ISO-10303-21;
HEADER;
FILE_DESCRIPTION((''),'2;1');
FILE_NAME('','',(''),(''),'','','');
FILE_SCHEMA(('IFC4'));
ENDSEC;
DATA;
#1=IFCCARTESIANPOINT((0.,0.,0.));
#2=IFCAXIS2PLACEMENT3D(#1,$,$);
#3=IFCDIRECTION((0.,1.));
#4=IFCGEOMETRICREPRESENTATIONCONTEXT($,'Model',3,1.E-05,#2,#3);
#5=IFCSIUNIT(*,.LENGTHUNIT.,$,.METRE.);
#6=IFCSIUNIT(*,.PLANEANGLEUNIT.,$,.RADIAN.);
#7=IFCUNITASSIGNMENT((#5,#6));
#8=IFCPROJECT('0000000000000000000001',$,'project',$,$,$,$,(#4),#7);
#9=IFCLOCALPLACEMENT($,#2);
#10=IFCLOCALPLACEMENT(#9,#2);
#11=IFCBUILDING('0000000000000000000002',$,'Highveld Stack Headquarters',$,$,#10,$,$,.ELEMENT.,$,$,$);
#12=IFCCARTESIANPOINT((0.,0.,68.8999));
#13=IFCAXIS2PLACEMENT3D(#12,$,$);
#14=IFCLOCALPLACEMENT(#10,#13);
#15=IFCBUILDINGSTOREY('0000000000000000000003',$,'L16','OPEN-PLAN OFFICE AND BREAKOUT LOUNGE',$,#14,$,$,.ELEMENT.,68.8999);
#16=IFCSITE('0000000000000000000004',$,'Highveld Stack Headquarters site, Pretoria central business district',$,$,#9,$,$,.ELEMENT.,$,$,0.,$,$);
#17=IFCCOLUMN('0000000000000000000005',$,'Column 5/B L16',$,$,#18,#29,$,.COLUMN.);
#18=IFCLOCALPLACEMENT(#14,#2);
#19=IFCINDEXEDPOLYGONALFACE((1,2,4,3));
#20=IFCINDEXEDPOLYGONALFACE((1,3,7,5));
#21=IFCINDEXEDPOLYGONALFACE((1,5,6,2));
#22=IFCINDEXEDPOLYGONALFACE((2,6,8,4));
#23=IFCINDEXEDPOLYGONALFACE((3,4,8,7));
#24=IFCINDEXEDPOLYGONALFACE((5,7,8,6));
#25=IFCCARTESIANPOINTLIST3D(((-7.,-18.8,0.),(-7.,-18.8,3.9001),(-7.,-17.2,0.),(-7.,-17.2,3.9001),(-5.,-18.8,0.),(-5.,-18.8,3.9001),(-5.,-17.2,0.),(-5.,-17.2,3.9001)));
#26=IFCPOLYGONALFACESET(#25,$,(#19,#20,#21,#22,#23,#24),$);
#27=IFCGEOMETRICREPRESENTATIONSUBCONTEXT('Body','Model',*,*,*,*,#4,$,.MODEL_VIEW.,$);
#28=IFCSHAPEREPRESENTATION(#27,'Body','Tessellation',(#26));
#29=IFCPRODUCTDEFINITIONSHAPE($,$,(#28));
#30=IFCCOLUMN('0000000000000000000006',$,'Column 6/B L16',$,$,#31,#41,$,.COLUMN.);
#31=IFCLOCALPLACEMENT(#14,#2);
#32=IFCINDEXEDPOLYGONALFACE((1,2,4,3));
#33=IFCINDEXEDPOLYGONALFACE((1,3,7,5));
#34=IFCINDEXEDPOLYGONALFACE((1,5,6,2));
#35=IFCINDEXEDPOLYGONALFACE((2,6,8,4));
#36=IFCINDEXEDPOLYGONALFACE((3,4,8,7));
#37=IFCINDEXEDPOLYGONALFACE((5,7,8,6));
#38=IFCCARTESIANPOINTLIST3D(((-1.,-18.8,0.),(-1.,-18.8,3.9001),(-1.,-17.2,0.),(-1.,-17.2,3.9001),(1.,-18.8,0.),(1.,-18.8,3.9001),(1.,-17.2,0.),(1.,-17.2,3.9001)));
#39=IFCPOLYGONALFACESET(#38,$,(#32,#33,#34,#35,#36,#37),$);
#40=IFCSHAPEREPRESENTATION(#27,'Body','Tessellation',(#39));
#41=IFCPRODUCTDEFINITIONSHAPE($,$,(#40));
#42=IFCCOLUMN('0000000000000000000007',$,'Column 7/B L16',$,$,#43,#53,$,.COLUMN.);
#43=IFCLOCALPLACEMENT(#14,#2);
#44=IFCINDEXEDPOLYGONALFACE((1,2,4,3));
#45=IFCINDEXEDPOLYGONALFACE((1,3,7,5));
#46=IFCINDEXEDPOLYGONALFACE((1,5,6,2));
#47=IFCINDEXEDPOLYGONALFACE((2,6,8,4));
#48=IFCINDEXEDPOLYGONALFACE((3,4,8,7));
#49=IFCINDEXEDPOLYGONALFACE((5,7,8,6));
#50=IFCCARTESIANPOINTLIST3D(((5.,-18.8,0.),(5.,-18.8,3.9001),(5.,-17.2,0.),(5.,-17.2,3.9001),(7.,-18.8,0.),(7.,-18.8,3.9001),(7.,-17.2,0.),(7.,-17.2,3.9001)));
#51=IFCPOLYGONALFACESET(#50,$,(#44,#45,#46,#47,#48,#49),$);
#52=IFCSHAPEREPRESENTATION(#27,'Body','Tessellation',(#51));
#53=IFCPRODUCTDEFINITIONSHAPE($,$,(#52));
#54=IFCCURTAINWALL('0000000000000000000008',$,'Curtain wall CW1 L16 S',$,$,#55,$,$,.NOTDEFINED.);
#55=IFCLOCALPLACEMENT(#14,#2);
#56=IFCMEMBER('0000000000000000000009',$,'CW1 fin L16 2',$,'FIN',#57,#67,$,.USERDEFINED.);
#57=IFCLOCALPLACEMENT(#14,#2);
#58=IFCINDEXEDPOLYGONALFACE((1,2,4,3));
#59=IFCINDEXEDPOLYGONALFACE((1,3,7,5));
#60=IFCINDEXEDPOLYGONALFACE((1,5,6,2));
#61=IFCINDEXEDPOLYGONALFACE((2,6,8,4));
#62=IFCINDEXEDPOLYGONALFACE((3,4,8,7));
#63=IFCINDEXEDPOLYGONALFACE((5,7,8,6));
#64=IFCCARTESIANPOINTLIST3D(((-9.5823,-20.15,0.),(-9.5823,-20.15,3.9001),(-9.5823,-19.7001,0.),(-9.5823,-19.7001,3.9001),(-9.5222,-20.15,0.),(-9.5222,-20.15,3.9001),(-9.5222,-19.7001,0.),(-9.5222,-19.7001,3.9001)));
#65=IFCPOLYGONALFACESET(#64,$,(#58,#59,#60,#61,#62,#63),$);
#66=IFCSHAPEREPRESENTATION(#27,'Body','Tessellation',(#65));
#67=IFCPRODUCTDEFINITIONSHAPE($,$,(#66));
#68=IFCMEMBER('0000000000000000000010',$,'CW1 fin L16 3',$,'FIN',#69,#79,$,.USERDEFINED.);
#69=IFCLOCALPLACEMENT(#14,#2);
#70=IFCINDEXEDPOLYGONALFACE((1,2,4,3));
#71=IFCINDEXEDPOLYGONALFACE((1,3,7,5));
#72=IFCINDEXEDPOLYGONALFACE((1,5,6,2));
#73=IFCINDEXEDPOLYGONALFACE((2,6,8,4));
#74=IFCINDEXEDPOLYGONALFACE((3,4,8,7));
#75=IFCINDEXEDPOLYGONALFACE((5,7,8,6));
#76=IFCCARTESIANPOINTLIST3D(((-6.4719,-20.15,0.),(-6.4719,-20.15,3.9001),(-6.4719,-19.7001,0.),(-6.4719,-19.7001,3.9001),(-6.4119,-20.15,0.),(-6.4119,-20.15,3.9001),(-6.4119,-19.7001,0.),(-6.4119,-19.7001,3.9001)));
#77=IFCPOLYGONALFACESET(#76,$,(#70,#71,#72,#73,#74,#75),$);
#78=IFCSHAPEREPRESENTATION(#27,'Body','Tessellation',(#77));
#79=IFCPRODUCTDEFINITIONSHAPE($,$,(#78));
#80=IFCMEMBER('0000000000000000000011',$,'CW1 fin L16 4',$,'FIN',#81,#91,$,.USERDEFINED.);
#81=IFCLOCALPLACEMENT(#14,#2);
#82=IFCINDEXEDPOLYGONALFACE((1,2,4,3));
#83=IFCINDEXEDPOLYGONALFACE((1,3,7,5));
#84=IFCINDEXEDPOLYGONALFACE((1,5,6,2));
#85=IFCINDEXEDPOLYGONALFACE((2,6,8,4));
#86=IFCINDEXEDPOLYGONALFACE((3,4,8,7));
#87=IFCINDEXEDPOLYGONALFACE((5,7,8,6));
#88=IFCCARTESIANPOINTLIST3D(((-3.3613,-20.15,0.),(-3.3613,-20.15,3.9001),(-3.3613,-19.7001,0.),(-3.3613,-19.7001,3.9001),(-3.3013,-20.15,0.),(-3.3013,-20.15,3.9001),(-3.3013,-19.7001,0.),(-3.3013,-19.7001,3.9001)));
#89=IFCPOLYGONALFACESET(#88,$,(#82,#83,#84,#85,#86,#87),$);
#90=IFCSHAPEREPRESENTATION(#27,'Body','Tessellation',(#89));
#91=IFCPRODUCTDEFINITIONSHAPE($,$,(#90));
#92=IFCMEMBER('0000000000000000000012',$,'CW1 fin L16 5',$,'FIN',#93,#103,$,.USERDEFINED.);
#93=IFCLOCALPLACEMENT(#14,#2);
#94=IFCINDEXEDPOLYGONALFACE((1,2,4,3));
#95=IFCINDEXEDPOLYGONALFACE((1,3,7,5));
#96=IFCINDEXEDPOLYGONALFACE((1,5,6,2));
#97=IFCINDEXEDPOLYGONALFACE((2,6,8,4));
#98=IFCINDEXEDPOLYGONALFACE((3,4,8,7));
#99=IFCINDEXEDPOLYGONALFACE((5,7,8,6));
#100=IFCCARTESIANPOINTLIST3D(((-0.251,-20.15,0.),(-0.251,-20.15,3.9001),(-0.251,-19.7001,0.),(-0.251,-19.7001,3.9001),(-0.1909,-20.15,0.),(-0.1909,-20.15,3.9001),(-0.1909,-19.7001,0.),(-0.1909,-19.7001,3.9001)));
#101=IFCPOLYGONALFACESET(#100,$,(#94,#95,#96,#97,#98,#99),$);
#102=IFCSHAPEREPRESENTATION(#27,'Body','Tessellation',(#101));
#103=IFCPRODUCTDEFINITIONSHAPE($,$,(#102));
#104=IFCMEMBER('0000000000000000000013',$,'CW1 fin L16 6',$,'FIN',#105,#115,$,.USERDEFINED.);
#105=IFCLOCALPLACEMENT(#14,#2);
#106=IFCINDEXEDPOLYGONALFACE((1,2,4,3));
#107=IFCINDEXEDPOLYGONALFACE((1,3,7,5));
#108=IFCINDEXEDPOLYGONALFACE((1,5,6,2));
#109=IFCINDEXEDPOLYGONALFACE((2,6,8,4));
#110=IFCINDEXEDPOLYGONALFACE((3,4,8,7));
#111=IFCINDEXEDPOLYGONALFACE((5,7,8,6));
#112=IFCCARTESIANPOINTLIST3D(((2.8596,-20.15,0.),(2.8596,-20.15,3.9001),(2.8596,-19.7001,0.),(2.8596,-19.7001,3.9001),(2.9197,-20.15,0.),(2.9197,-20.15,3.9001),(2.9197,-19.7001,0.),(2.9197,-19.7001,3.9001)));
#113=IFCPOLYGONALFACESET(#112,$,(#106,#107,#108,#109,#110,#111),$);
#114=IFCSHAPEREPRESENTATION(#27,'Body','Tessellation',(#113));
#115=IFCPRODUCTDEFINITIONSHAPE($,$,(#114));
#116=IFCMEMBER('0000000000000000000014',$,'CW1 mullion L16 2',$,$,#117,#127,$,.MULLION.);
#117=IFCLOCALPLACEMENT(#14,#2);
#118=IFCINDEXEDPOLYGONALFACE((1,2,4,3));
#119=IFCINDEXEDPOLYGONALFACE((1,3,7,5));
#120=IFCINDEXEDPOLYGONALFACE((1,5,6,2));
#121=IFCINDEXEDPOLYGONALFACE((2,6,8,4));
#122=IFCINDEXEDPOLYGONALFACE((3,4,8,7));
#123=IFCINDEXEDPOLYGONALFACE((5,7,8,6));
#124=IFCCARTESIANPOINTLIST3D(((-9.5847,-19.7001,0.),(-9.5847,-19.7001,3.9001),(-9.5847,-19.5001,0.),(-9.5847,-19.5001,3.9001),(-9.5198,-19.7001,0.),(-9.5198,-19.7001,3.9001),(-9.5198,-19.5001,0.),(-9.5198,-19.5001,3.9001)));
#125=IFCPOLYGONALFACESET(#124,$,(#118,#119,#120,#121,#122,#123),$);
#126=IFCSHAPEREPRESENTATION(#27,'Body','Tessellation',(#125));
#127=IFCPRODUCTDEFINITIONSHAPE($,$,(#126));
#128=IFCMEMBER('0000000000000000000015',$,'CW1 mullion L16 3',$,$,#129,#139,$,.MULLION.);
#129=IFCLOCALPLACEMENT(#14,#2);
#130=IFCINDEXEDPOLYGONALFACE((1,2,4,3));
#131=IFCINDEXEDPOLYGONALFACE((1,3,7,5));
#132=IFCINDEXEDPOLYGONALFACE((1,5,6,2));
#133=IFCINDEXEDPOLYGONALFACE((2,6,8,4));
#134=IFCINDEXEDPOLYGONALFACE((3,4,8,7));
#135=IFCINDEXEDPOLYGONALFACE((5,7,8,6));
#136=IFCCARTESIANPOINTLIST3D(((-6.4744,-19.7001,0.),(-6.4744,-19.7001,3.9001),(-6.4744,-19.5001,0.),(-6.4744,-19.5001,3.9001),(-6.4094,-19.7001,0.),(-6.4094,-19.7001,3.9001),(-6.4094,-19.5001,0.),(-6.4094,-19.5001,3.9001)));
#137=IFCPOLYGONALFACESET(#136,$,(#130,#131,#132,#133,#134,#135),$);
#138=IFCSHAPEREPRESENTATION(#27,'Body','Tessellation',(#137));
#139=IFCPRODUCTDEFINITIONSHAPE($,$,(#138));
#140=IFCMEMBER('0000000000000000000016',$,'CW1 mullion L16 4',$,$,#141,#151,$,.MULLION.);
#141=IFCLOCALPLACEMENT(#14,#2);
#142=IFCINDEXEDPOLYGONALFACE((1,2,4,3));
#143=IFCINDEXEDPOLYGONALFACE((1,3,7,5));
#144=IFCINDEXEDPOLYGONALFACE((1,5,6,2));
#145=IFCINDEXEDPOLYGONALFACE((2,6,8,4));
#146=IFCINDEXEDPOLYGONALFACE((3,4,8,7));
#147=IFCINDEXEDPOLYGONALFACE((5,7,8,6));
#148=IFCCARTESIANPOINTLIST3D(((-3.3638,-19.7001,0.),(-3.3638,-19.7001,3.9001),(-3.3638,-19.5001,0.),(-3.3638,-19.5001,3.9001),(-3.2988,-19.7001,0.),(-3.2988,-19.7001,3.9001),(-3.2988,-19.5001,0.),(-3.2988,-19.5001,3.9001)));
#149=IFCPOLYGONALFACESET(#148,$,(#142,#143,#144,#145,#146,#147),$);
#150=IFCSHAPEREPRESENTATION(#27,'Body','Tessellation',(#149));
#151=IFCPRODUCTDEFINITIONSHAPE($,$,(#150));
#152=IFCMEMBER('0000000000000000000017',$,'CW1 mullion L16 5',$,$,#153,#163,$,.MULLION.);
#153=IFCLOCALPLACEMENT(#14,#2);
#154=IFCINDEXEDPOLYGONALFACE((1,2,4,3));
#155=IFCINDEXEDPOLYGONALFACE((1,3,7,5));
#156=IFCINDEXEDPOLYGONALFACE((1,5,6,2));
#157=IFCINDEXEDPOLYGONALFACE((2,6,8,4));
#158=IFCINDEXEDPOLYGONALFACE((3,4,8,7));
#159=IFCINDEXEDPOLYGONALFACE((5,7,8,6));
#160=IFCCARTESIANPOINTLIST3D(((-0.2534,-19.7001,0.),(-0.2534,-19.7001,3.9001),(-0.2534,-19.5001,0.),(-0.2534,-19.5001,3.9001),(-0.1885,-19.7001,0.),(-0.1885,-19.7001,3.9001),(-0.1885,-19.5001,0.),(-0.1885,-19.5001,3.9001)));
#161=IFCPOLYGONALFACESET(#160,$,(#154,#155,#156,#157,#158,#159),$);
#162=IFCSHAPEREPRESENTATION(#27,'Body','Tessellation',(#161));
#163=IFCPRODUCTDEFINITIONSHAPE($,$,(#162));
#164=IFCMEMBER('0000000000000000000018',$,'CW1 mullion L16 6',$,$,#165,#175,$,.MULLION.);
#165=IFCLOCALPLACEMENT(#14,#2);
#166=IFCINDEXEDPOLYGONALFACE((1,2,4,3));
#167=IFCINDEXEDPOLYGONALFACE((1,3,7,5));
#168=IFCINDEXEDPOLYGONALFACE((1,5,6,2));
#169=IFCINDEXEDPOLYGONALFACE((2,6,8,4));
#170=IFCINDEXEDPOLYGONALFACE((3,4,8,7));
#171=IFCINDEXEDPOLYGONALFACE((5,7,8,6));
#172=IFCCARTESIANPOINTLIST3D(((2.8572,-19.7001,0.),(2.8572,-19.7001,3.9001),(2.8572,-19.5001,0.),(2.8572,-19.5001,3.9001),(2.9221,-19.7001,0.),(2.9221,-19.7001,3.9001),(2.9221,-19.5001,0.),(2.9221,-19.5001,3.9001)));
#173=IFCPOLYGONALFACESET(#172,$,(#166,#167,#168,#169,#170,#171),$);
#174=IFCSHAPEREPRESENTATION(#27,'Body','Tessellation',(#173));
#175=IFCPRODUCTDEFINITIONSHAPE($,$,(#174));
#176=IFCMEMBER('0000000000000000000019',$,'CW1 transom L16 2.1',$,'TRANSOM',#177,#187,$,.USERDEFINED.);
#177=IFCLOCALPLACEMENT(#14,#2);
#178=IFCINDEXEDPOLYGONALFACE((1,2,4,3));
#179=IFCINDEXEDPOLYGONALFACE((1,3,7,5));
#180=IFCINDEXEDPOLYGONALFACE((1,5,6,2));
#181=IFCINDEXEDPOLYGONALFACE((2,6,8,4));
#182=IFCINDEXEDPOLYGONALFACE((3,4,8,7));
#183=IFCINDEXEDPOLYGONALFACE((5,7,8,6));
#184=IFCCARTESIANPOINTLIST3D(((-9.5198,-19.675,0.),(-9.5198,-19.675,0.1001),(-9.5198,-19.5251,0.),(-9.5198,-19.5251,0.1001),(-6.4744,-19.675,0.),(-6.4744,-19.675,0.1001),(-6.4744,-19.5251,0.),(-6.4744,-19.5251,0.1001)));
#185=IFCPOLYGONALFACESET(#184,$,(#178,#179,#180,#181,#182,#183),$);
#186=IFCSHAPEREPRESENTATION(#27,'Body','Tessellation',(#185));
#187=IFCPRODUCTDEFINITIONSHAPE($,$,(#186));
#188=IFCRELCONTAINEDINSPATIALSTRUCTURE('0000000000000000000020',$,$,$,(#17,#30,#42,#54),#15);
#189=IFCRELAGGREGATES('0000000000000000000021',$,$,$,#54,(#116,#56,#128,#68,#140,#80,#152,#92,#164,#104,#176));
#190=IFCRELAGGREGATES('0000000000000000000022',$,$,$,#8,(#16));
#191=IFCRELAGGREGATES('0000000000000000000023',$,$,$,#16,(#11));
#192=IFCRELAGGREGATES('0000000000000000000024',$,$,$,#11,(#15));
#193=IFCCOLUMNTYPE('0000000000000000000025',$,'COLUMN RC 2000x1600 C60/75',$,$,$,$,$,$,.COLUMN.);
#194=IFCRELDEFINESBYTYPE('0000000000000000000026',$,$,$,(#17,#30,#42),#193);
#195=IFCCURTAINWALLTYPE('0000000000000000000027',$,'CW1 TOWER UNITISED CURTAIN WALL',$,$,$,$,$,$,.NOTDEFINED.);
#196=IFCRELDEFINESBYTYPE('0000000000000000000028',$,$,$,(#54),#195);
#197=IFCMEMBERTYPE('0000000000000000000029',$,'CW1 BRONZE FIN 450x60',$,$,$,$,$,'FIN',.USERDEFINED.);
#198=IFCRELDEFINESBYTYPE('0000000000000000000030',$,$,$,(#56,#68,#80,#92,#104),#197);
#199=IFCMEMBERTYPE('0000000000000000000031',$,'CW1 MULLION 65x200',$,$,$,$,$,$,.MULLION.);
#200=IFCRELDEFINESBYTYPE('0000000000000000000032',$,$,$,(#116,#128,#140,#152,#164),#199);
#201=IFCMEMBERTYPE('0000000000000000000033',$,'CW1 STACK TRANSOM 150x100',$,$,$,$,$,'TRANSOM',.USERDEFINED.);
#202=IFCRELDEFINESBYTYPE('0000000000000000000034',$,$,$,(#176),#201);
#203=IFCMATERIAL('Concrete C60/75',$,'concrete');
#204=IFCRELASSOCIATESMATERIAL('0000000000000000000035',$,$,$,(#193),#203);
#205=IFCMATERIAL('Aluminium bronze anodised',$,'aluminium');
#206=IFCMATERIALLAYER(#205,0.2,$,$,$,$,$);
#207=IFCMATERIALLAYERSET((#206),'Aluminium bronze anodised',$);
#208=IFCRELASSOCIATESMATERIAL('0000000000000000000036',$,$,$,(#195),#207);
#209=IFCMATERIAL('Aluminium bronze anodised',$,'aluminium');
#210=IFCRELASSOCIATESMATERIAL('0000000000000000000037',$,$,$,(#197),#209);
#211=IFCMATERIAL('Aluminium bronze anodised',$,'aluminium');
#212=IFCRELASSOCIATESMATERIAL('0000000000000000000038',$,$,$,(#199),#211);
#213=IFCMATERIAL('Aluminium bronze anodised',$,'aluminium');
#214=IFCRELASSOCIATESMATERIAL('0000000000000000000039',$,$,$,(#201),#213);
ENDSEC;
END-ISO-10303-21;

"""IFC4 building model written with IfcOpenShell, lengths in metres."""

from ifc_helpers import new_model, si_unit, direction, frame, origin, origin_2d, place, context, subcontext, project, spatial, rectangle, extrude, material, layer, layer_set, material_profile, profile_set, type_object, element, aggregate, save


model = new_model("IFC4")

# Units and contexts
model_context = context("Model", 3, precision=1e-05, world=origin(), true_north=direction((0.0, 1.0)))
body_context = subcontext(model_context, "Body", "Model", "MODEL_VIEW")
ifc_project = project(units=[si_unit("LENGTHUNIT", "METRE"), si_unit("PLANEANGLEUNIT", "RADIAN")], contexts=[model_context])

# Site, building, storey
site_placement = place(None, origin())
site = spatial("IfcSite", under=ifc_project, at=site_placement, Name="Highveld Stack Headquarters site, Pretoria central business district", CompositionType="ELEMENT", RefElevation=0.0)
building_placement = place(site_placement, origin())
building = spatial("IfcBuilding", under=site, at=building_placement, Name="Highveld Stack Headquarters", CompositionType="ELEMENT")
storey_placement = place(building_placement, frame((0.0, 0.0, 68.8999)))
storey = spatial("IfcBuildingStorey", under=building, at=storey_placement, Name="L16", Description="OPEN-PLAN OFFICE AND BREAKOUT LOUNGE", CompositionType="ELEMENT", Elevation=68.8999)

# Columns
ifc_material_1 = material(Name="Concrete C60/75", Category="concrete")
ifc_material_profile_1 = material_profile(ifc_material_1, rectangle(XDim=2.0, YDim=1.6001, at=origin_2d()), Name="RC 2000x1600")
ifc_profile_set_1 = profile_set([ifc_material_profile_1], Name="Concrete C60/75")
column_type = type_object("IfcColumnType", Name="COLUMN RC 2000x1600 C60/75", PredefinedType="COLUMN", material=ifc_profile_set_1)
for number, where, z_axis, x_axis, name in (
    (1, (-6.0, -18.0, 0.0), (0.0, 0.0, 1.0), (1.0, 0.0, 0.0), "Column 5/B L16"),
    (2, (0.0, -18.0, 0.0), (0.0, 0.0, 1.0), (1.0, 0.0, 0.0), "Column 6/B L16"),
    (3, (6.0, -18.0, 0.0), (0.0, 0.0, 1.0), (1.0, 0.0, 0.0), "Column 7/B L16"),
):
    element("IfcColumn", number, at=place(storey_placement, frame(where, z_axis=z_axis, x_axis=x_axis)), inside=storey, type_object=column_type, Name=name, PredefinedType="COLUMN", context=body_context, shape_type="SweptSolid", body=[
        extrude(rectangle(XDim=2.0, YDim=1.6001, at=origin_2d()), origin(), (0.0, 0.0, 1.0), 3.9001),
    ])

# Curtain wall, members
ifc_material_2 = material(Name="Aluminium bronze anodised", Category="aluminium")
ifc_layer_1 = layer(ifc_material_2, 0.2)
ifc_layer_set_1 = layer_set([ifc_layer_1], Name="Aluminium bronze anodised")
curtain_wall_type = type_object("IfcCurtainWallType", Name="CW1 TOWER UNITISED CURTAIN WALL", PredefinedType="NOTDEFINED", material=ifc_layer_set_1)
curtain_wall_placement = place(storey_placement, origin())
curtain_wall = element("IfcCurtainWall", 4, at=curtain_wall_placement, inside=storey, type_object=curtain_wall_type, Name="Curtain wall CW1 L16 S", PredefinedType="NOTDEFINED")
ifc_material_3 = material(Name="Aluminium bronze anodised", Category="aluminium")
ifc_material_profile_2 = material_profile(ifc_material_3, rectangle(XDim=0.45, YDim=0.0601, at=origin_2d()), Name="FIN 450x60")
ifc_profile_set_2 = profile_set([ifc_material_profile_2], Name="Aluminium bronze anodised")
member_type_1 = type_object("IfcMemberType", Name="CW1 BRONZE FIN 450x60", ElementType="FIN", PredefinedType="USERDEFINED", material=ifc_profile_set_2)
member_1_placement = place(storey_placement, frame((-9.5522, -19.925, 0.0), z_axis=(0.0, 0.0, 1.0), x_axis=(0.0, 1.0, 0.0)))
member_1 = element("IfcMember", 5, at=member_1_placement, type_object=member_type_1, Name="CW1 fin L16 2", ObjectType="FIN", PredefinedType="USERDEFINED", context=body_context, shape_type="SweptSolid", body=[
    extrude(rectangle(XDim=0.45, YDim=0.0601, at=origin_2d()), origin(), (0.0, 0.0, 1.0), 3.9001),
])
member_2_placement = place(storey_placement, frame((-6.4419, -19.925, 0.0), z_axis=(0.0, 0.0, 1.0), x_axis=(0.0, 1.0, 0.0)))
member_2 = element("IfcMember", 6, at=member_2_placement, type_object=member_type_1, Name="CW1 fin L16 3", ObjectType="FIN", PredefinedType="USERDEFINED", context=body_context, shape_type="SweptSolid", body=[
    extrude(rectangle(XDim=0.45, YDim=0.0601, at=origin_2d()), origin(), (0.0, 0.0, 1.0), 3.9001),
])
member_3_placement = place(storey_placement, frame((-3.3313, -19.925, 0.0), z_axis=(0.0, 0.0, 1.0), x_axis=(0.0, 1.0, 0.0)))
member_3 = element("IfcMember", 7, at=member_3_placement, type_object=member_type_1, Name="CW1 fin L16 4", ObjectType="FIN", PredefinedType="USERDEFINED", context=body_context, shape_type="SweptSolid", body=[
    extrude(rectangle(XDim=0.45, YDim=0.0601, at=origin_2d()), origin(), (0.0, 0.0, 1.0), 3.9001),
])
member_4_placement = place(storey_placement, frame((-0.2209, -19.925, 0.0), z_axis=(0.0, 0.0, 1.0), x_axis=(0.0, 1.0, 0.0)))
member_4 = element("IfcMember", 8, at=member_4_placement, type_object=member_type_1, Name="CW1 fin L16 5", ObjectType="FIN", PredefinedType="USERDEFINED", context=body_context, shape_type="SweptSolid", body=[
    extrude(rectangle(XDim=0.45, YDim=0.0601, at=origin_2d()), origin(), (0.0, 0.0, 1.0), 3.9001),
])
member_5_placement = place(storey_placement, frame((2.8896, -19.925, 0.0), z_axis=(0.0, 0.0, 1.0), x_axis=(0.0, 1.0, 0.0)))
member_5 = element("IfcMember", 9, at=member_5_placement, type_object=member_type_1, Name="CW1 fin L16 6", ObjectType="FIN", PredefinedType="USERDEFINED", context=body_context, shape_type="SweptSolid", body=[
    extrude(rectangle(XDim=0.45, YDim=0.0601, at=origin_2d()), origin(), (0.0, 0.0, 1.0), 3.9001),
])
ifc_material_4 = material(Name="Aluminium bronze anodised", Category="aluminium")
ifc_material_profile_3 = material_profile(ifc_material_4, rectangle(XDim=0.2, YDim=0.0649, at=origin_2d()), Name="CW1 MULLION 65x200")
ifc_profile_set_3 = profile_set([ifc_material_profile_3], Name="Aluminium bronze anodised")
member_type_2 = type_object("IfcMemberType", Name="CW1 MULLION 65x200", PredefinedType="MULLION", material=ifc_profile_set_3)
member_6_placement = place(storey_placement, frame((-9.5522, -19.6001, 0.0), z_axis=(0.0, 0.0, 1.0), x_axis=(0.0, 1.0, 0.0)))
member_6 = element("IfcMember", 10, at=member_6_placement, type_object=member_type_2, Name="CW1 mullion L16 2", PredefinedType="MULLION", context=body_context, shape_type="SweptSolid", body=[
    extrude(rectangle(XDim=0.2, YDim=0.0649, at=origin_2d()), origin(), (0.0, 0.0, 1.0), 3.9001),
])
member_7_placement = place(storey_placement, frame((-6.4419, -19.6001, 0.0), z_axis=(0.0, 0.0, 1.0), x_axis=(0.0, 1.0, 0.0)))
member_7 = element("IfcMember", 11, at=member_7_placement, type_object=member_type_2, Name="CW1 mullion L16 3", PredefinedType="MULLION", context=body_context, shape_type="SweptSolid", body=[
    extrude(rectangle(XDim=0.2, YDim=0.0649, at=origin_2d()), origin(), (0.0, 0.0, 1.0), 3.9001),
])
member_8_placement = place(storey_placement, frame((-3.3313, -19.6001, 0.0), z_axis=(0.0, 0.0, 1.0), x_axis=(0.0, 1.0, 0.0)))
member_8 = element("IfcMember", 12, at=member_8_placement, type_object=member_type_2, Name="CW1 mullion L16 4", PredefinedType="MULLION", context=body_context, shape_type="SweptSolid", body=[
    extrude(rectangle(XDim=0.2, YDim=0.0649, at=origin_2d()), origin(), (0.0, 0.0, 1.0), 3.9001),
])
member_9_placement = place(storey_placement, frame((-0.2209, -19.6001, 0.0), z_axis=(0.0, 0.0, 1.0), x_axis=(0.0, 1.0, 0.0)))
member_9 = element("IfcMember", 13, at=member_9_placement, type_object=member_type_2, Name="CW1 mullion L16 5", PredefinedType="MULLION", context=body_context, shape_type="SweptSolid", body=[
    extrude(rectangle(XDim=0.2, YDim=0.0649, at=origin_2d()), origin(), (0.0, 0.0, 1.0), 3.9001),
])
member_10_placement = place(storey_placement, frame((2.8896, -19.6001, 0.0), z_axis=(0.0, 0.0, 1.0), x_axis=(0.0, 1.0, 0.0)))
member_10 = element("IfcMember", 14, at=member_10_placement, type_object=member_type_2, Name="CW1 mullion L16 6", PredefinedType="MULLION", context=body_context, shape_type="SweptSolid", body=[
    extrude(rectangle(XDim=0.2, YDim=0.0649, at=origin_2d()), origin(), (0.0, 0.0, 1.0), 3.9001),
])
ifc_material_5 = material(Name="Aluminium bronze anodised", Category="aluminium")
ifc_material_profile_4 = material_profile(ifc_material_5, rectangle(XDim=0.1499, YDim=0.1001, at=origin_2d()), Name="CW1 TRANSOM 150x100")
ifc_profile_set_4 = profile_set([ifc_material_profile_4], Name="Aluminium bronze anodised")
member_type_3 = type_object("IfcMemberType", Name="CW1 STACK TRANSOM 150x100", ElementType="TRANSOM", PredefinedType="USERDEFINED", material=ifc_profile_set_4)
member_11_placement = place(storey_placement, frame((-9.5198, -19.6001, 0.05), z_axis=(1.0, 0.0, 0.0), x_axis=(0.0, 1.0, 0.0)))
member_11 = element("IfcMember", 15, at=member_11_placement, type_object=member_type_3, Name="CW1 transom L16 2.1", ObjectType="TRANSOM", PredefinedType="USERDEFINED", context=body_context, shape_type="SweptSolid", body=[
    extrude(rectangle(XDim=0.1499, YDim=0.1001, at=origin_2d()), origin(), (0.0, 0.0, 1.0), 3.0454),
])
aggregate(curtain_wall, [member_6, member_1, member_7, member_2, member_8, member_3, member_9, member_4, member_10, member_5, member_11])

save(model, "model.ifc")
